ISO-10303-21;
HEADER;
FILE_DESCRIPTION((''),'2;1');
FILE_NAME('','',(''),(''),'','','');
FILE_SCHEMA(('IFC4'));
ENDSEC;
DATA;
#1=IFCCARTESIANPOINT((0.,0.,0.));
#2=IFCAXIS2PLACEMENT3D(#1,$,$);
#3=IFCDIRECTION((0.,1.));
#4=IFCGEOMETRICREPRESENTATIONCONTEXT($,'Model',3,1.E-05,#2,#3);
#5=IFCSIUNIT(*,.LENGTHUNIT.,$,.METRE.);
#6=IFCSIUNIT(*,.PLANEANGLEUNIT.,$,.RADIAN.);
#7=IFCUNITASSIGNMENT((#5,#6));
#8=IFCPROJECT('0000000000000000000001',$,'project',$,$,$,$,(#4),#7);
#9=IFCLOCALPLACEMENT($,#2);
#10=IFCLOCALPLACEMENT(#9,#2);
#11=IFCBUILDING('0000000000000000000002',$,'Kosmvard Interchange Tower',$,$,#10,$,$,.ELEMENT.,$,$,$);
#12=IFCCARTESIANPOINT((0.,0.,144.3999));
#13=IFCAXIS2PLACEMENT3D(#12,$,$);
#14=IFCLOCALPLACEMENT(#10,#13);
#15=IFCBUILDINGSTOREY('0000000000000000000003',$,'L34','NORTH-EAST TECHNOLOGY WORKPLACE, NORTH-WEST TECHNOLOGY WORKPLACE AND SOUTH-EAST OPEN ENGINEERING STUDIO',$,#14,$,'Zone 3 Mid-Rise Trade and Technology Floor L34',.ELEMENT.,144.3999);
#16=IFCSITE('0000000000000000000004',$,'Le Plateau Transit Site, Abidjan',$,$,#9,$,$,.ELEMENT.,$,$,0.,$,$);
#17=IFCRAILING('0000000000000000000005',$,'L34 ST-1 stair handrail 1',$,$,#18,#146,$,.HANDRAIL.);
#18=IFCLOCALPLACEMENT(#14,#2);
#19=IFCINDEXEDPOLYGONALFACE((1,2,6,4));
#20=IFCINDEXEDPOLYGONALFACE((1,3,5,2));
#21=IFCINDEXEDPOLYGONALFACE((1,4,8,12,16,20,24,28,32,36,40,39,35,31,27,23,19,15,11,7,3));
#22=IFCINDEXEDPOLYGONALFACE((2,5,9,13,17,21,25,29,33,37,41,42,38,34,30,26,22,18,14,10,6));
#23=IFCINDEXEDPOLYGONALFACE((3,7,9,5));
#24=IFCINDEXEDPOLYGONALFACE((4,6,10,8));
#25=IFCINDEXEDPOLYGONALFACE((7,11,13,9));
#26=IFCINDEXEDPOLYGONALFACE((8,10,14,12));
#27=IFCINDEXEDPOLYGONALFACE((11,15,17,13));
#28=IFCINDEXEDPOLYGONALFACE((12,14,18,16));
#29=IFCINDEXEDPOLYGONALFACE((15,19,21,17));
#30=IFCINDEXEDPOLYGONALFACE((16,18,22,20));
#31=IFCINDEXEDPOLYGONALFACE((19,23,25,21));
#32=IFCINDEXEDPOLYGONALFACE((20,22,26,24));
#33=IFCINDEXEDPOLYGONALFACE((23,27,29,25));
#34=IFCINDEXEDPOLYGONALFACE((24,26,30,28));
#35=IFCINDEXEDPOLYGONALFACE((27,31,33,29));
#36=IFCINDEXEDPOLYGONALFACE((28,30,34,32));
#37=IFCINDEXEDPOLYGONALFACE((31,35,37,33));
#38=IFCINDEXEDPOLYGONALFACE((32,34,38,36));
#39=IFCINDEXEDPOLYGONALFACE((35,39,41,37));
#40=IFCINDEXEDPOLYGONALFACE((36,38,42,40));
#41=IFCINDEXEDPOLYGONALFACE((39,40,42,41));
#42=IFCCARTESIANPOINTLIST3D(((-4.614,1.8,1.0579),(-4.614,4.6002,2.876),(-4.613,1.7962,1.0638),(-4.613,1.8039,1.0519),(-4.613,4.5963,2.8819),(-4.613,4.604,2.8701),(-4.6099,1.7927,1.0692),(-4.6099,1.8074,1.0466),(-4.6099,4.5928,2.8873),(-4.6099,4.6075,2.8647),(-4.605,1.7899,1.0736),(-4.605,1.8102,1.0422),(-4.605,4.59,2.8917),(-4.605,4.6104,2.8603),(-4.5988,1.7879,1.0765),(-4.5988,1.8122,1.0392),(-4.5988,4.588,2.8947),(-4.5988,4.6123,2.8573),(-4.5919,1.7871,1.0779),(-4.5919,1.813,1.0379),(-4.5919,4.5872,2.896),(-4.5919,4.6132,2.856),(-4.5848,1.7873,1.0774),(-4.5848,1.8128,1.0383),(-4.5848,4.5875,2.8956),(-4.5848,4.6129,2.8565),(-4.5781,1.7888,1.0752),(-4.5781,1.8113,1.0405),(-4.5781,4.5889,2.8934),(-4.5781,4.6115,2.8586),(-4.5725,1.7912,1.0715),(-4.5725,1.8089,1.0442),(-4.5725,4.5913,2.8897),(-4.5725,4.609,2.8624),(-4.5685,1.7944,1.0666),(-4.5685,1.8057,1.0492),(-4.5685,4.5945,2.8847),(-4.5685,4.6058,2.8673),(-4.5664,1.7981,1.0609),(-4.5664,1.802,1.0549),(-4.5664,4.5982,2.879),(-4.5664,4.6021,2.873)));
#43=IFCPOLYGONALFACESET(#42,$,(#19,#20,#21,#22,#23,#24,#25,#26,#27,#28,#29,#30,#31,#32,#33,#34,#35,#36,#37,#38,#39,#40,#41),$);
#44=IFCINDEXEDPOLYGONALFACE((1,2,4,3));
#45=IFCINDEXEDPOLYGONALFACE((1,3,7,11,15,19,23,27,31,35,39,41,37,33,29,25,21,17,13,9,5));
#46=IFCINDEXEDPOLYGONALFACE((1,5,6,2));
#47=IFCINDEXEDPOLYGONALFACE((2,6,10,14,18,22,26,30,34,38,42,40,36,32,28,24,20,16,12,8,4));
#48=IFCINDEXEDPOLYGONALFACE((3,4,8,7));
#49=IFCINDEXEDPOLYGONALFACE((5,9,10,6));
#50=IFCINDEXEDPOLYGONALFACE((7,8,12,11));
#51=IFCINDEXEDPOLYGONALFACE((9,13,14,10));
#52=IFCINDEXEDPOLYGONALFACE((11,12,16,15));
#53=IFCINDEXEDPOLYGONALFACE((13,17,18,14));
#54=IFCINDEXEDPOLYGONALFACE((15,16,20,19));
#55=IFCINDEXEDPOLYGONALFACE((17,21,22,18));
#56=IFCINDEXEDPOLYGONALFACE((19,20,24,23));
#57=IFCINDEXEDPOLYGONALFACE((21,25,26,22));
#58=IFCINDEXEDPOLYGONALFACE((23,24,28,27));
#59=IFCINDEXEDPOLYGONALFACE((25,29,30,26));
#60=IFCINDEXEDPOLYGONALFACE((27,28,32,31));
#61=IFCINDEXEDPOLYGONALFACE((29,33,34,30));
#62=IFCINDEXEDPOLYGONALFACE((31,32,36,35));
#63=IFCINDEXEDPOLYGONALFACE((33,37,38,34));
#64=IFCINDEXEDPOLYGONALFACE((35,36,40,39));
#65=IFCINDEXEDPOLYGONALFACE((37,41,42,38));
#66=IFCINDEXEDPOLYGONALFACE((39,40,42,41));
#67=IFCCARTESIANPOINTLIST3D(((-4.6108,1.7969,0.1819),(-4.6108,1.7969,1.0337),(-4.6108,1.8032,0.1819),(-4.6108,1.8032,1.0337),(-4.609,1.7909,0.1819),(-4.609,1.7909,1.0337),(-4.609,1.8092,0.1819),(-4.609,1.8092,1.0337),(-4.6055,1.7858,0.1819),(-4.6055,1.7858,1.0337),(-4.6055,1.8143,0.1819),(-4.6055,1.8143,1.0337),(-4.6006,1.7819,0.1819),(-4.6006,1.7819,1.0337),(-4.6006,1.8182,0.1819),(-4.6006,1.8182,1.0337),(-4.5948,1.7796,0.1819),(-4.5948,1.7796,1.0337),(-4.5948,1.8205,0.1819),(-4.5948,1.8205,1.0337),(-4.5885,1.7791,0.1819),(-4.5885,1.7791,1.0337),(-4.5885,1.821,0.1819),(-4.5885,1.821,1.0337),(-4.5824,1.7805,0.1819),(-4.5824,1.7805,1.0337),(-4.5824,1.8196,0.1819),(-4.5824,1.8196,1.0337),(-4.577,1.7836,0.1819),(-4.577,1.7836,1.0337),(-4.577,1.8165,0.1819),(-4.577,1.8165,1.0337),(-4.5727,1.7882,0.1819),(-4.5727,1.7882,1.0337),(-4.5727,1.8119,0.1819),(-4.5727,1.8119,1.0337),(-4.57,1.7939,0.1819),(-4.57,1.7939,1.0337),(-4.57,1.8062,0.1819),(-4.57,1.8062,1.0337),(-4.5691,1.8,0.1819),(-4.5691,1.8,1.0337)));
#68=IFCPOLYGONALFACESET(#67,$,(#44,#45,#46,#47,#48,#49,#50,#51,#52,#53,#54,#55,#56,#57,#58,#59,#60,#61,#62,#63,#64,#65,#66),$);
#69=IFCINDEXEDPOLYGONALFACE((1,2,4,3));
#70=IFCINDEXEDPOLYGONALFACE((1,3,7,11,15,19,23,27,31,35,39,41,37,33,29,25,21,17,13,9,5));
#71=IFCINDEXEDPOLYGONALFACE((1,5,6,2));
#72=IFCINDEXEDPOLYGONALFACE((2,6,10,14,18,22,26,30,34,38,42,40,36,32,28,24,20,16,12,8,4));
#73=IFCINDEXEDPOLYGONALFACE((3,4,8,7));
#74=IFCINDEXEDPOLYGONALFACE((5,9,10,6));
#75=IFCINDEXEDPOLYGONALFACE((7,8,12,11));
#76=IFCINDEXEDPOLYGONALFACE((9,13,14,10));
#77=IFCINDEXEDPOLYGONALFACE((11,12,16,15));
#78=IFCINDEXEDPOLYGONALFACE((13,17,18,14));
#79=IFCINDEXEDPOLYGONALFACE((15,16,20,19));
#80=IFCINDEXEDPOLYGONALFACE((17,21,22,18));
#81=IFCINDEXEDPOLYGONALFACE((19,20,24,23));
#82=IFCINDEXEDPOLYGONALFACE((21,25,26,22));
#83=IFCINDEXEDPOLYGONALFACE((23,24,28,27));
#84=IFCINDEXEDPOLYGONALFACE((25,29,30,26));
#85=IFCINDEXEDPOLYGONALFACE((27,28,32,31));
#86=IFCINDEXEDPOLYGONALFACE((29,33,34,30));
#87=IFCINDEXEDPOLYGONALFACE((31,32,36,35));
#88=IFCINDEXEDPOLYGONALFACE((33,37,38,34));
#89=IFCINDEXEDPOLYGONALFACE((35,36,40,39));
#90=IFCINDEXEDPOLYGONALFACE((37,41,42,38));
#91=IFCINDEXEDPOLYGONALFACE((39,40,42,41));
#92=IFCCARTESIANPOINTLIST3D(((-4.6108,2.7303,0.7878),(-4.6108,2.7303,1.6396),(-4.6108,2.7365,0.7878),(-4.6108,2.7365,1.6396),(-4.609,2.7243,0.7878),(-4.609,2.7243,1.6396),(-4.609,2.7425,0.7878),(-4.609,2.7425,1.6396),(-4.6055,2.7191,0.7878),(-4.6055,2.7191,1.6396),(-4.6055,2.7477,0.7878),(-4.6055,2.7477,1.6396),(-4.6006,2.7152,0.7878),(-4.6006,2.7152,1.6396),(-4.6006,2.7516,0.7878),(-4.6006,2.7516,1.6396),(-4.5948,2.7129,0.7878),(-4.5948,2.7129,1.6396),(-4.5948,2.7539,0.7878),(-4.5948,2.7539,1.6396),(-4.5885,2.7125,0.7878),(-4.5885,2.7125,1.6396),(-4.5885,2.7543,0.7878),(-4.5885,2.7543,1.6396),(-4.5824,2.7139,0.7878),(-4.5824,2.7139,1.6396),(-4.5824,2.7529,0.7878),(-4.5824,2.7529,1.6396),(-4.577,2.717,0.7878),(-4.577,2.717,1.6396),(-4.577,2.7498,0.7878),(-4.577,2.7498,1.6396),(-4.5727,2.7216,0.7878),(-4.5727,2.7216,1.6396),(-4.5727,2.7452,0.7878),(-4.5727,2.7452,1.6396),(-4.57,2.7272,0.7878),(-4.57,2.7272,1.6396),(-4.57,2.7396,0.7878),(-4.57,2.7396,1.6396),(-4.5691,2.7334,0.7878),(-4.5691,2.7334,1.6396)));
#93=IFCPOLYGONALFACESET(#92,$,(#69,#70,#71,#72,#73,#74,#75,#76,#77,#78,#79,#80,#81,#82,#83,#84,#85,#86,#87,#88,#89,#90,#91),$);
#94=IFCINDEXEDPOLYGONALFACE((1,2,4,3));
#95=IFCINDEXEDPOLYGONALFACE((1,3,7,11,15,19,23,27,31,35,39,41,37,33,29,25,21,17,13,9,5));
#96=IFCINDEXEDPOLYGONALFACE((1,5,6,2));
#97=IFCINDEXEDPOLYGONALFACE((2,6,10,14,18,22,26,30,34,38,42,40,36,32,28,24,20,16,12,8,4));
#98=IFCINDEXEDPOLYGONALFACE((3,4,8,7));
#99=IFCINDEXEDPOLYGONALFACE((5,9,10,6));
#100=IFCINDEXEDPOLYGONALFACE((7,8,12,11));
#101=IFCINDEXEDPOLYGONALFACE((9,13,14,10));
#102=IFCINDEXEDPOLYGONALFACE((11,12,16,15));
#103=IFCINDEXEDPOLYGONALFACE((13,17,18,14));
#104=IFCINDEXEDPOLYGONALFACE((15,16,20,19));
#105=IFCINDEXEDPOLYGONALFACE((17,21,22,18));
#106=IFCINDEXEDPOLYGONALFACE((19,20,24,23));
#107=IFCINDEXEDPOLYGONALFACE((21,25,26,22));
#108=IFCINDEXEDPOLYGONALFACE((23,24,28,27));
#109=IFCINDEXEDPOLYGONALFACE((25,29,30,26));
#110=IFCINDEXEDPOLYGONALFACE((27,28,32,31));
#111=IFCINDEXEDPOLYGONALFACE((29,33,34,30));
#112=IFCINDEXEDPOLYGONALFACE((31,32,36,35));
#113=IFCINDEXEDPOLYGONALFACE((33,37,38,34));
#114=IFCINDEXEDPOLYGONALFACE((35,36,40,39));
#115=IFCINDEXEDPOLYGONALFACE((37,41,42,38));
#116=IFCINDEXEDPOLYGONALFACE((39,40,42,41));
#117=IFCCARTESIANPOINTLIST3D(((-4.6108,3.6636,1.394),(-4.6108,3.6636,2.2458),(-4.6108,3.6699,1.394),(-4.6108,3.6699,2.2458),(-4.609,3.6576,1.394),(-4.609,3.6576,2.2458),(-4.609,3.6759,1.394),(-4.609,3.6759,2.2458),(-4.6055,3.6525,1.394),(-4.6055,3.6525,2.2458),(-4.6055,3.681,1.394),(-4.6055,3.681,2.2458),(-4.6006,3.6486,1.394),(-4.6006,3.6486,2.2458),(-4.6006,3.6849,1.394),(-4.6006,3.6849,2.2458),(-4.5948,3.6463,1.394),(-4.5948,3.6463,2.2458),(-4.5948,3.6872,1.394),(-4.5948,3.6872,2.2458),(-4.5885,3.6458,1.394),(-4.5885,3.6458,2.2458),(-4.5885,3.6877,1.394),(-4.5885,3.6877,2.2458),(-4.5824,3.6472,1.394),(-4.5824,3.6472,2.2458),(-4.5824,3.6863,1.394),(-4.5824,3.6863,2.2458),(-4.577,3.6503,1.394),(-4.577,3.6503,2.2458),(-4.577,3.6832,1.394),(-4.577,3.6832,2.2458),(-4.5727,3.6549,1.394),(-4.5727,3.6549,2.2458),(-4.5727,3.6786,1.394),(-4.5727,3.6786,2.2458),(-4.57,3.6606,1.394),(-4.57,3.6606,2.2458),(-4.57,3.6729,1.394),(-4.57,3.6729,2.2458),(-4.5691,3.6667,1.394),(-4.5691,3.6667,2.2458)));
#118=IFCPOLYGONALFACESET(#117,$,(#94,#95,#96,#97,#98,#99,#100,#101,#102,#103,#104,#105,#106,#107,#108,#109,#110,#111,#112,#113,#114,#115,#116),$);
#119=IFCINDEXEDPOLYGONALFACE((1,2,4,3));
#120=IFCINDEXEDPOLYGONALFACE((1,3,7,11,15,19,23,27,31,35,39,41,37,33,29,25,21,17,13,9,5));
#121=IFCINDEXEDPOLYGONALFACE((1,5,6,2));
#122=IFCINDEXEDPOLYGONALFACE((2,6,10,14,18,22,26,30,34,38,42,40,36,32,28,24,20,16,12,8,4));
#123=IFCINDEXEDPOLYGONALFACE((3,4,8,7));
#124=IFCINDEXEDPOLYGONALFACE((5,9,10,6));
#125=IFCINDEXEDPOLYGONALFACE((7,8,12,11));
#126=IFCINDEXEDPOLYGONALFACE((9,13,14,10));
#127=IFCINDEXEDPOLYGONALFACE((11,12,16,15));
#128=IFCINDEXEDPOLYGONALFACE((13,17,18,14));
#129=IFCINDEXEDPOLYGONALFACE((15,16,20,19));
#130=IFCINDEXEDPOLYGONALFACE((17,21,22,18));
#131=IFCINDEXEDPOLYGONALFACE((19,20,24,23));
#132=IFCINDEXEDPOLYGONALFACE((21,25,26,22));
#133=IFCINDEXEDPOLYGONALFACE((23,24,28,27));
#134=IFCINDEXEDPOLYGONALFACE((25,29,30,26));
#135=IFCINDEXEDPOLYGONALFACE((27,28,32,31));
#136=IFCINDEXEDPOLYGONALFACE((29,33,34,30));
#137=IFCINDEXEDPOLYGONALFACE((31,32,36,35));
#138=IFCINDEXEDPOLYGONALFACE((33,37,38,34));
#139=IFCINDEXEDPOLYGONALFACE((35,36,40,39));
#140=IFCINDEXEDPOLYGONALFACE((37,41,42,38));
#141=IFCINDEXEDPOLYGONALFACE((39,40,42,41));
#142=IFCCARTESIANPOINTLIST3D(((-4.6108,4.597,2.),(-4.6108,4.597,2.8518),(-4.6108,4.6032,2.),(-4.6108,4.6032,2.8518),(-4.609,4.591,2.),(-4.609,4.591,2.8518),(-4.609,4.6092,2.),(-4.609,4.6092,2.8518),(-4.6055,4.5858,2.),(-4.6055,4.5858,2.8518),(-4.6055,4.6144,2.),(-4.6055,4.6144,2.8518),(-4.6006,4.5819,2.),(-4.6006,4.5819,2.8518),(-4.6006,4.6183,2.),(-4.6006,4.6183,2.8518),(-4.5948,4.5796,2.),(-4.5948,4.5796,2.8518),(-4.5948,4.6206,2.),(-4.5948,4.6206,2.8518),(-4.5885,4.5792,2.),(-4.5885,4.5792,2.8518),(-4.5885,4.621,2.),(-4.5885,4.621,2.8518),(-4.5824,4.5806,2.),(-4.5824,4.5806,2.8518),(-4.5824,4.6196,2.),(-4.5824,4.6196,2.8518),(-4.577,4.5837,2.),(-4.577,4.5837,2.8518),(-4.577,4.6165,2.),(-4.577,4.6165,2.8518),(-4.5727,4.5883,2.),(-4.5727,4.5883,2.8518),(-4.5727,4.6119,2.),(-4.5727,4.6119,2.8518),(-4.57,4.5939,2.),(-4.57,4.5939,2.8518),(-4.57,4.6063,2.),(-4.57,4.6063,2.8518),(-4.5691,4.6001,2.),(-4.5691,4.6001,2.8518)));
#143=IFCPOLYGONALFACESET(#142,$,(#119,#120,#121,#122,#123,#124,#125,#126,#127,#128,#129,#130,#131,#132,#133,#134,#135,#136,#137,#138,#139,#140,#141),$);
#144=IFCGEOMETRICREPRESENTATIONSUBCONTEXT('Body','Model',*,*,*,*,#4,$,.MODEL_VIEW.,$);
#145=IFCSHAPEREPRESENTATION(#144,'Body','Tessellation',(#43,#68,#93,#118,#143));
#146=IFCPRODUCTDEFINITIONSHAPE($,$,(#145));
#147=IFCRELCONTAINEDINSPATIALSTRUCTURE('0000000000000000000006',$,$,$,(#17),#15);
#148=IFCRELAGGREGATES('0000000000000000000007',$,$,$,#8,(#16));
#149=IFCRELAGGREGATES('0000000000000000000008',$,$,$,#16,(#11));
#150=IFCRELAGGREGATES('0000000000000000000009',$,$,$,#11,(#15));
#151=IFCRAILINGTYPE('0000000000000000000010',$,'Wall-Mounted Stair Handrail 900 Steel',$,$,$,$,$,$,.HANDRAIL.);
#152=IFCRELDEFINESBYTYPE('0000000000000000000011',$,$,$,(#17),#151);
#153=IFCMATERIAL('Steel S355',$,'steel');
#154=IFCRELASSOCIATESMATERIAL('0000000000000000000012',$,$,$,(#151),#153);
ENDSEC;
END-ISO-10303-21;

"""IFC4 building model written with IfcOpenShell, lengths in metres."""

from ifc_helpers import new_model, si_unit, direction, frame, origin, origin_2d, place, context, subcontext, project, spatial, circle, extrude, source, transform, mapped, material, type_object, element, save


model = new_model("IFC4")

# Units and contexts
model_context = context("Model", 3, precision=1e-05, world=origin(), true_north=direction((0.0, 1.0)))
body_context = subcontext(model_context, "Body", "Model", "MODEL_VIEW")
ifc_project = project(units=[si_unit("LENGTHUNIT", "METRE"), si_unit("PLANEANGLEUNIT", "RADIAN")], contexts=[model_context])

# Site, building, storey
site_placement = place(None, origin())
site = spatial("IfcSite", under=ifc_project, at=site_placement, Name="Le Plateau Transit Site, Abidjan", CompositionType="ELEMENT", RefElevation=0.0)
building_placement = place(site_placement, origin())
building = spatial("IfcBuilding", under=site, at=building_placement, Name="Kosmvard Interchange Tower", CompositionType="ELEMENT")
storey_placement = place(building_placement, frame((0.0, 0.0, 144.3999)))
storey = spatial("IfcBuildingStorey", under=building, at=storey_placement, Name="L34", Description="NORTH-EAST TECHNOLOGY WORKPLACE, NORTH-WEST TECHNOLOGY WORKPLACE AND SOUTH-EAST OPEN ENGINEERING STUDIO", LongName="Zone 3 Mid-Rise Trade and Technology Floor L34", CompositionType="ELEMENT", Elevation=144.3999)

# Shared definitions
ifc_material_1 = material(Name="Steel S355", Category="steel")

# Railing
railing_type_1 = type_object("IfcRailingType", Name="Wall-Mounted Stair Handrail 900 Steel", PredefinedType="HANDRAIL", material=ifc_material_1)
shared_shape_1 = source(origin(), body_context, "Body", "SweptSolid", [
    extrude(circle(Radius=0.0239, at=origin_2d()), frame((0.0, 0.0, 0.876), z_axis=(0.0, 0.838706, 0.544585), x_axis=(-1.0, 0.0, 0.0)), (0.0, 0.0, 1.0), 3.3386),
    extrude(circle(Radius=0.021, at=origin_2d()), origin(), (0.0, 0.0, 1.0), 0.8518),
    extrude(circle(Radius=0.021, at=origin_2d()), frame((0.0, 0.9333, 0.606)), (0.0, 0.0, 1.0), 0.8518),
    extrude(circle(Radius=0.021, at=origin_2d()), frame((0.0, 1.8667, 1.2122)), (0.0, 0.0, 1.0), 0.8518),
    extrude(circle(Radius=0.021, at=origin_2d()), frame((0.0, 2.8, 1.8181)), (0.0, 0.0, 1.0), 0.8518),
])
railing_1_placement = place(storey_placement, frame((-4.5901, 1.8, 0.1819)))
element("IfcRailing", 1, at=railing_1_placement, inside=storey, type_object=railing_type_1, Name="L34 ST-1 stair handrail 1", PredefinedType="HANDRAIL", context=body_context, shape_type="MappedRepresentation", body=[
    mapped(shared_shape_1, transform((0.0, 0.0, 0.0), scale=1.0)),
])

save(model, "model.ifc")
